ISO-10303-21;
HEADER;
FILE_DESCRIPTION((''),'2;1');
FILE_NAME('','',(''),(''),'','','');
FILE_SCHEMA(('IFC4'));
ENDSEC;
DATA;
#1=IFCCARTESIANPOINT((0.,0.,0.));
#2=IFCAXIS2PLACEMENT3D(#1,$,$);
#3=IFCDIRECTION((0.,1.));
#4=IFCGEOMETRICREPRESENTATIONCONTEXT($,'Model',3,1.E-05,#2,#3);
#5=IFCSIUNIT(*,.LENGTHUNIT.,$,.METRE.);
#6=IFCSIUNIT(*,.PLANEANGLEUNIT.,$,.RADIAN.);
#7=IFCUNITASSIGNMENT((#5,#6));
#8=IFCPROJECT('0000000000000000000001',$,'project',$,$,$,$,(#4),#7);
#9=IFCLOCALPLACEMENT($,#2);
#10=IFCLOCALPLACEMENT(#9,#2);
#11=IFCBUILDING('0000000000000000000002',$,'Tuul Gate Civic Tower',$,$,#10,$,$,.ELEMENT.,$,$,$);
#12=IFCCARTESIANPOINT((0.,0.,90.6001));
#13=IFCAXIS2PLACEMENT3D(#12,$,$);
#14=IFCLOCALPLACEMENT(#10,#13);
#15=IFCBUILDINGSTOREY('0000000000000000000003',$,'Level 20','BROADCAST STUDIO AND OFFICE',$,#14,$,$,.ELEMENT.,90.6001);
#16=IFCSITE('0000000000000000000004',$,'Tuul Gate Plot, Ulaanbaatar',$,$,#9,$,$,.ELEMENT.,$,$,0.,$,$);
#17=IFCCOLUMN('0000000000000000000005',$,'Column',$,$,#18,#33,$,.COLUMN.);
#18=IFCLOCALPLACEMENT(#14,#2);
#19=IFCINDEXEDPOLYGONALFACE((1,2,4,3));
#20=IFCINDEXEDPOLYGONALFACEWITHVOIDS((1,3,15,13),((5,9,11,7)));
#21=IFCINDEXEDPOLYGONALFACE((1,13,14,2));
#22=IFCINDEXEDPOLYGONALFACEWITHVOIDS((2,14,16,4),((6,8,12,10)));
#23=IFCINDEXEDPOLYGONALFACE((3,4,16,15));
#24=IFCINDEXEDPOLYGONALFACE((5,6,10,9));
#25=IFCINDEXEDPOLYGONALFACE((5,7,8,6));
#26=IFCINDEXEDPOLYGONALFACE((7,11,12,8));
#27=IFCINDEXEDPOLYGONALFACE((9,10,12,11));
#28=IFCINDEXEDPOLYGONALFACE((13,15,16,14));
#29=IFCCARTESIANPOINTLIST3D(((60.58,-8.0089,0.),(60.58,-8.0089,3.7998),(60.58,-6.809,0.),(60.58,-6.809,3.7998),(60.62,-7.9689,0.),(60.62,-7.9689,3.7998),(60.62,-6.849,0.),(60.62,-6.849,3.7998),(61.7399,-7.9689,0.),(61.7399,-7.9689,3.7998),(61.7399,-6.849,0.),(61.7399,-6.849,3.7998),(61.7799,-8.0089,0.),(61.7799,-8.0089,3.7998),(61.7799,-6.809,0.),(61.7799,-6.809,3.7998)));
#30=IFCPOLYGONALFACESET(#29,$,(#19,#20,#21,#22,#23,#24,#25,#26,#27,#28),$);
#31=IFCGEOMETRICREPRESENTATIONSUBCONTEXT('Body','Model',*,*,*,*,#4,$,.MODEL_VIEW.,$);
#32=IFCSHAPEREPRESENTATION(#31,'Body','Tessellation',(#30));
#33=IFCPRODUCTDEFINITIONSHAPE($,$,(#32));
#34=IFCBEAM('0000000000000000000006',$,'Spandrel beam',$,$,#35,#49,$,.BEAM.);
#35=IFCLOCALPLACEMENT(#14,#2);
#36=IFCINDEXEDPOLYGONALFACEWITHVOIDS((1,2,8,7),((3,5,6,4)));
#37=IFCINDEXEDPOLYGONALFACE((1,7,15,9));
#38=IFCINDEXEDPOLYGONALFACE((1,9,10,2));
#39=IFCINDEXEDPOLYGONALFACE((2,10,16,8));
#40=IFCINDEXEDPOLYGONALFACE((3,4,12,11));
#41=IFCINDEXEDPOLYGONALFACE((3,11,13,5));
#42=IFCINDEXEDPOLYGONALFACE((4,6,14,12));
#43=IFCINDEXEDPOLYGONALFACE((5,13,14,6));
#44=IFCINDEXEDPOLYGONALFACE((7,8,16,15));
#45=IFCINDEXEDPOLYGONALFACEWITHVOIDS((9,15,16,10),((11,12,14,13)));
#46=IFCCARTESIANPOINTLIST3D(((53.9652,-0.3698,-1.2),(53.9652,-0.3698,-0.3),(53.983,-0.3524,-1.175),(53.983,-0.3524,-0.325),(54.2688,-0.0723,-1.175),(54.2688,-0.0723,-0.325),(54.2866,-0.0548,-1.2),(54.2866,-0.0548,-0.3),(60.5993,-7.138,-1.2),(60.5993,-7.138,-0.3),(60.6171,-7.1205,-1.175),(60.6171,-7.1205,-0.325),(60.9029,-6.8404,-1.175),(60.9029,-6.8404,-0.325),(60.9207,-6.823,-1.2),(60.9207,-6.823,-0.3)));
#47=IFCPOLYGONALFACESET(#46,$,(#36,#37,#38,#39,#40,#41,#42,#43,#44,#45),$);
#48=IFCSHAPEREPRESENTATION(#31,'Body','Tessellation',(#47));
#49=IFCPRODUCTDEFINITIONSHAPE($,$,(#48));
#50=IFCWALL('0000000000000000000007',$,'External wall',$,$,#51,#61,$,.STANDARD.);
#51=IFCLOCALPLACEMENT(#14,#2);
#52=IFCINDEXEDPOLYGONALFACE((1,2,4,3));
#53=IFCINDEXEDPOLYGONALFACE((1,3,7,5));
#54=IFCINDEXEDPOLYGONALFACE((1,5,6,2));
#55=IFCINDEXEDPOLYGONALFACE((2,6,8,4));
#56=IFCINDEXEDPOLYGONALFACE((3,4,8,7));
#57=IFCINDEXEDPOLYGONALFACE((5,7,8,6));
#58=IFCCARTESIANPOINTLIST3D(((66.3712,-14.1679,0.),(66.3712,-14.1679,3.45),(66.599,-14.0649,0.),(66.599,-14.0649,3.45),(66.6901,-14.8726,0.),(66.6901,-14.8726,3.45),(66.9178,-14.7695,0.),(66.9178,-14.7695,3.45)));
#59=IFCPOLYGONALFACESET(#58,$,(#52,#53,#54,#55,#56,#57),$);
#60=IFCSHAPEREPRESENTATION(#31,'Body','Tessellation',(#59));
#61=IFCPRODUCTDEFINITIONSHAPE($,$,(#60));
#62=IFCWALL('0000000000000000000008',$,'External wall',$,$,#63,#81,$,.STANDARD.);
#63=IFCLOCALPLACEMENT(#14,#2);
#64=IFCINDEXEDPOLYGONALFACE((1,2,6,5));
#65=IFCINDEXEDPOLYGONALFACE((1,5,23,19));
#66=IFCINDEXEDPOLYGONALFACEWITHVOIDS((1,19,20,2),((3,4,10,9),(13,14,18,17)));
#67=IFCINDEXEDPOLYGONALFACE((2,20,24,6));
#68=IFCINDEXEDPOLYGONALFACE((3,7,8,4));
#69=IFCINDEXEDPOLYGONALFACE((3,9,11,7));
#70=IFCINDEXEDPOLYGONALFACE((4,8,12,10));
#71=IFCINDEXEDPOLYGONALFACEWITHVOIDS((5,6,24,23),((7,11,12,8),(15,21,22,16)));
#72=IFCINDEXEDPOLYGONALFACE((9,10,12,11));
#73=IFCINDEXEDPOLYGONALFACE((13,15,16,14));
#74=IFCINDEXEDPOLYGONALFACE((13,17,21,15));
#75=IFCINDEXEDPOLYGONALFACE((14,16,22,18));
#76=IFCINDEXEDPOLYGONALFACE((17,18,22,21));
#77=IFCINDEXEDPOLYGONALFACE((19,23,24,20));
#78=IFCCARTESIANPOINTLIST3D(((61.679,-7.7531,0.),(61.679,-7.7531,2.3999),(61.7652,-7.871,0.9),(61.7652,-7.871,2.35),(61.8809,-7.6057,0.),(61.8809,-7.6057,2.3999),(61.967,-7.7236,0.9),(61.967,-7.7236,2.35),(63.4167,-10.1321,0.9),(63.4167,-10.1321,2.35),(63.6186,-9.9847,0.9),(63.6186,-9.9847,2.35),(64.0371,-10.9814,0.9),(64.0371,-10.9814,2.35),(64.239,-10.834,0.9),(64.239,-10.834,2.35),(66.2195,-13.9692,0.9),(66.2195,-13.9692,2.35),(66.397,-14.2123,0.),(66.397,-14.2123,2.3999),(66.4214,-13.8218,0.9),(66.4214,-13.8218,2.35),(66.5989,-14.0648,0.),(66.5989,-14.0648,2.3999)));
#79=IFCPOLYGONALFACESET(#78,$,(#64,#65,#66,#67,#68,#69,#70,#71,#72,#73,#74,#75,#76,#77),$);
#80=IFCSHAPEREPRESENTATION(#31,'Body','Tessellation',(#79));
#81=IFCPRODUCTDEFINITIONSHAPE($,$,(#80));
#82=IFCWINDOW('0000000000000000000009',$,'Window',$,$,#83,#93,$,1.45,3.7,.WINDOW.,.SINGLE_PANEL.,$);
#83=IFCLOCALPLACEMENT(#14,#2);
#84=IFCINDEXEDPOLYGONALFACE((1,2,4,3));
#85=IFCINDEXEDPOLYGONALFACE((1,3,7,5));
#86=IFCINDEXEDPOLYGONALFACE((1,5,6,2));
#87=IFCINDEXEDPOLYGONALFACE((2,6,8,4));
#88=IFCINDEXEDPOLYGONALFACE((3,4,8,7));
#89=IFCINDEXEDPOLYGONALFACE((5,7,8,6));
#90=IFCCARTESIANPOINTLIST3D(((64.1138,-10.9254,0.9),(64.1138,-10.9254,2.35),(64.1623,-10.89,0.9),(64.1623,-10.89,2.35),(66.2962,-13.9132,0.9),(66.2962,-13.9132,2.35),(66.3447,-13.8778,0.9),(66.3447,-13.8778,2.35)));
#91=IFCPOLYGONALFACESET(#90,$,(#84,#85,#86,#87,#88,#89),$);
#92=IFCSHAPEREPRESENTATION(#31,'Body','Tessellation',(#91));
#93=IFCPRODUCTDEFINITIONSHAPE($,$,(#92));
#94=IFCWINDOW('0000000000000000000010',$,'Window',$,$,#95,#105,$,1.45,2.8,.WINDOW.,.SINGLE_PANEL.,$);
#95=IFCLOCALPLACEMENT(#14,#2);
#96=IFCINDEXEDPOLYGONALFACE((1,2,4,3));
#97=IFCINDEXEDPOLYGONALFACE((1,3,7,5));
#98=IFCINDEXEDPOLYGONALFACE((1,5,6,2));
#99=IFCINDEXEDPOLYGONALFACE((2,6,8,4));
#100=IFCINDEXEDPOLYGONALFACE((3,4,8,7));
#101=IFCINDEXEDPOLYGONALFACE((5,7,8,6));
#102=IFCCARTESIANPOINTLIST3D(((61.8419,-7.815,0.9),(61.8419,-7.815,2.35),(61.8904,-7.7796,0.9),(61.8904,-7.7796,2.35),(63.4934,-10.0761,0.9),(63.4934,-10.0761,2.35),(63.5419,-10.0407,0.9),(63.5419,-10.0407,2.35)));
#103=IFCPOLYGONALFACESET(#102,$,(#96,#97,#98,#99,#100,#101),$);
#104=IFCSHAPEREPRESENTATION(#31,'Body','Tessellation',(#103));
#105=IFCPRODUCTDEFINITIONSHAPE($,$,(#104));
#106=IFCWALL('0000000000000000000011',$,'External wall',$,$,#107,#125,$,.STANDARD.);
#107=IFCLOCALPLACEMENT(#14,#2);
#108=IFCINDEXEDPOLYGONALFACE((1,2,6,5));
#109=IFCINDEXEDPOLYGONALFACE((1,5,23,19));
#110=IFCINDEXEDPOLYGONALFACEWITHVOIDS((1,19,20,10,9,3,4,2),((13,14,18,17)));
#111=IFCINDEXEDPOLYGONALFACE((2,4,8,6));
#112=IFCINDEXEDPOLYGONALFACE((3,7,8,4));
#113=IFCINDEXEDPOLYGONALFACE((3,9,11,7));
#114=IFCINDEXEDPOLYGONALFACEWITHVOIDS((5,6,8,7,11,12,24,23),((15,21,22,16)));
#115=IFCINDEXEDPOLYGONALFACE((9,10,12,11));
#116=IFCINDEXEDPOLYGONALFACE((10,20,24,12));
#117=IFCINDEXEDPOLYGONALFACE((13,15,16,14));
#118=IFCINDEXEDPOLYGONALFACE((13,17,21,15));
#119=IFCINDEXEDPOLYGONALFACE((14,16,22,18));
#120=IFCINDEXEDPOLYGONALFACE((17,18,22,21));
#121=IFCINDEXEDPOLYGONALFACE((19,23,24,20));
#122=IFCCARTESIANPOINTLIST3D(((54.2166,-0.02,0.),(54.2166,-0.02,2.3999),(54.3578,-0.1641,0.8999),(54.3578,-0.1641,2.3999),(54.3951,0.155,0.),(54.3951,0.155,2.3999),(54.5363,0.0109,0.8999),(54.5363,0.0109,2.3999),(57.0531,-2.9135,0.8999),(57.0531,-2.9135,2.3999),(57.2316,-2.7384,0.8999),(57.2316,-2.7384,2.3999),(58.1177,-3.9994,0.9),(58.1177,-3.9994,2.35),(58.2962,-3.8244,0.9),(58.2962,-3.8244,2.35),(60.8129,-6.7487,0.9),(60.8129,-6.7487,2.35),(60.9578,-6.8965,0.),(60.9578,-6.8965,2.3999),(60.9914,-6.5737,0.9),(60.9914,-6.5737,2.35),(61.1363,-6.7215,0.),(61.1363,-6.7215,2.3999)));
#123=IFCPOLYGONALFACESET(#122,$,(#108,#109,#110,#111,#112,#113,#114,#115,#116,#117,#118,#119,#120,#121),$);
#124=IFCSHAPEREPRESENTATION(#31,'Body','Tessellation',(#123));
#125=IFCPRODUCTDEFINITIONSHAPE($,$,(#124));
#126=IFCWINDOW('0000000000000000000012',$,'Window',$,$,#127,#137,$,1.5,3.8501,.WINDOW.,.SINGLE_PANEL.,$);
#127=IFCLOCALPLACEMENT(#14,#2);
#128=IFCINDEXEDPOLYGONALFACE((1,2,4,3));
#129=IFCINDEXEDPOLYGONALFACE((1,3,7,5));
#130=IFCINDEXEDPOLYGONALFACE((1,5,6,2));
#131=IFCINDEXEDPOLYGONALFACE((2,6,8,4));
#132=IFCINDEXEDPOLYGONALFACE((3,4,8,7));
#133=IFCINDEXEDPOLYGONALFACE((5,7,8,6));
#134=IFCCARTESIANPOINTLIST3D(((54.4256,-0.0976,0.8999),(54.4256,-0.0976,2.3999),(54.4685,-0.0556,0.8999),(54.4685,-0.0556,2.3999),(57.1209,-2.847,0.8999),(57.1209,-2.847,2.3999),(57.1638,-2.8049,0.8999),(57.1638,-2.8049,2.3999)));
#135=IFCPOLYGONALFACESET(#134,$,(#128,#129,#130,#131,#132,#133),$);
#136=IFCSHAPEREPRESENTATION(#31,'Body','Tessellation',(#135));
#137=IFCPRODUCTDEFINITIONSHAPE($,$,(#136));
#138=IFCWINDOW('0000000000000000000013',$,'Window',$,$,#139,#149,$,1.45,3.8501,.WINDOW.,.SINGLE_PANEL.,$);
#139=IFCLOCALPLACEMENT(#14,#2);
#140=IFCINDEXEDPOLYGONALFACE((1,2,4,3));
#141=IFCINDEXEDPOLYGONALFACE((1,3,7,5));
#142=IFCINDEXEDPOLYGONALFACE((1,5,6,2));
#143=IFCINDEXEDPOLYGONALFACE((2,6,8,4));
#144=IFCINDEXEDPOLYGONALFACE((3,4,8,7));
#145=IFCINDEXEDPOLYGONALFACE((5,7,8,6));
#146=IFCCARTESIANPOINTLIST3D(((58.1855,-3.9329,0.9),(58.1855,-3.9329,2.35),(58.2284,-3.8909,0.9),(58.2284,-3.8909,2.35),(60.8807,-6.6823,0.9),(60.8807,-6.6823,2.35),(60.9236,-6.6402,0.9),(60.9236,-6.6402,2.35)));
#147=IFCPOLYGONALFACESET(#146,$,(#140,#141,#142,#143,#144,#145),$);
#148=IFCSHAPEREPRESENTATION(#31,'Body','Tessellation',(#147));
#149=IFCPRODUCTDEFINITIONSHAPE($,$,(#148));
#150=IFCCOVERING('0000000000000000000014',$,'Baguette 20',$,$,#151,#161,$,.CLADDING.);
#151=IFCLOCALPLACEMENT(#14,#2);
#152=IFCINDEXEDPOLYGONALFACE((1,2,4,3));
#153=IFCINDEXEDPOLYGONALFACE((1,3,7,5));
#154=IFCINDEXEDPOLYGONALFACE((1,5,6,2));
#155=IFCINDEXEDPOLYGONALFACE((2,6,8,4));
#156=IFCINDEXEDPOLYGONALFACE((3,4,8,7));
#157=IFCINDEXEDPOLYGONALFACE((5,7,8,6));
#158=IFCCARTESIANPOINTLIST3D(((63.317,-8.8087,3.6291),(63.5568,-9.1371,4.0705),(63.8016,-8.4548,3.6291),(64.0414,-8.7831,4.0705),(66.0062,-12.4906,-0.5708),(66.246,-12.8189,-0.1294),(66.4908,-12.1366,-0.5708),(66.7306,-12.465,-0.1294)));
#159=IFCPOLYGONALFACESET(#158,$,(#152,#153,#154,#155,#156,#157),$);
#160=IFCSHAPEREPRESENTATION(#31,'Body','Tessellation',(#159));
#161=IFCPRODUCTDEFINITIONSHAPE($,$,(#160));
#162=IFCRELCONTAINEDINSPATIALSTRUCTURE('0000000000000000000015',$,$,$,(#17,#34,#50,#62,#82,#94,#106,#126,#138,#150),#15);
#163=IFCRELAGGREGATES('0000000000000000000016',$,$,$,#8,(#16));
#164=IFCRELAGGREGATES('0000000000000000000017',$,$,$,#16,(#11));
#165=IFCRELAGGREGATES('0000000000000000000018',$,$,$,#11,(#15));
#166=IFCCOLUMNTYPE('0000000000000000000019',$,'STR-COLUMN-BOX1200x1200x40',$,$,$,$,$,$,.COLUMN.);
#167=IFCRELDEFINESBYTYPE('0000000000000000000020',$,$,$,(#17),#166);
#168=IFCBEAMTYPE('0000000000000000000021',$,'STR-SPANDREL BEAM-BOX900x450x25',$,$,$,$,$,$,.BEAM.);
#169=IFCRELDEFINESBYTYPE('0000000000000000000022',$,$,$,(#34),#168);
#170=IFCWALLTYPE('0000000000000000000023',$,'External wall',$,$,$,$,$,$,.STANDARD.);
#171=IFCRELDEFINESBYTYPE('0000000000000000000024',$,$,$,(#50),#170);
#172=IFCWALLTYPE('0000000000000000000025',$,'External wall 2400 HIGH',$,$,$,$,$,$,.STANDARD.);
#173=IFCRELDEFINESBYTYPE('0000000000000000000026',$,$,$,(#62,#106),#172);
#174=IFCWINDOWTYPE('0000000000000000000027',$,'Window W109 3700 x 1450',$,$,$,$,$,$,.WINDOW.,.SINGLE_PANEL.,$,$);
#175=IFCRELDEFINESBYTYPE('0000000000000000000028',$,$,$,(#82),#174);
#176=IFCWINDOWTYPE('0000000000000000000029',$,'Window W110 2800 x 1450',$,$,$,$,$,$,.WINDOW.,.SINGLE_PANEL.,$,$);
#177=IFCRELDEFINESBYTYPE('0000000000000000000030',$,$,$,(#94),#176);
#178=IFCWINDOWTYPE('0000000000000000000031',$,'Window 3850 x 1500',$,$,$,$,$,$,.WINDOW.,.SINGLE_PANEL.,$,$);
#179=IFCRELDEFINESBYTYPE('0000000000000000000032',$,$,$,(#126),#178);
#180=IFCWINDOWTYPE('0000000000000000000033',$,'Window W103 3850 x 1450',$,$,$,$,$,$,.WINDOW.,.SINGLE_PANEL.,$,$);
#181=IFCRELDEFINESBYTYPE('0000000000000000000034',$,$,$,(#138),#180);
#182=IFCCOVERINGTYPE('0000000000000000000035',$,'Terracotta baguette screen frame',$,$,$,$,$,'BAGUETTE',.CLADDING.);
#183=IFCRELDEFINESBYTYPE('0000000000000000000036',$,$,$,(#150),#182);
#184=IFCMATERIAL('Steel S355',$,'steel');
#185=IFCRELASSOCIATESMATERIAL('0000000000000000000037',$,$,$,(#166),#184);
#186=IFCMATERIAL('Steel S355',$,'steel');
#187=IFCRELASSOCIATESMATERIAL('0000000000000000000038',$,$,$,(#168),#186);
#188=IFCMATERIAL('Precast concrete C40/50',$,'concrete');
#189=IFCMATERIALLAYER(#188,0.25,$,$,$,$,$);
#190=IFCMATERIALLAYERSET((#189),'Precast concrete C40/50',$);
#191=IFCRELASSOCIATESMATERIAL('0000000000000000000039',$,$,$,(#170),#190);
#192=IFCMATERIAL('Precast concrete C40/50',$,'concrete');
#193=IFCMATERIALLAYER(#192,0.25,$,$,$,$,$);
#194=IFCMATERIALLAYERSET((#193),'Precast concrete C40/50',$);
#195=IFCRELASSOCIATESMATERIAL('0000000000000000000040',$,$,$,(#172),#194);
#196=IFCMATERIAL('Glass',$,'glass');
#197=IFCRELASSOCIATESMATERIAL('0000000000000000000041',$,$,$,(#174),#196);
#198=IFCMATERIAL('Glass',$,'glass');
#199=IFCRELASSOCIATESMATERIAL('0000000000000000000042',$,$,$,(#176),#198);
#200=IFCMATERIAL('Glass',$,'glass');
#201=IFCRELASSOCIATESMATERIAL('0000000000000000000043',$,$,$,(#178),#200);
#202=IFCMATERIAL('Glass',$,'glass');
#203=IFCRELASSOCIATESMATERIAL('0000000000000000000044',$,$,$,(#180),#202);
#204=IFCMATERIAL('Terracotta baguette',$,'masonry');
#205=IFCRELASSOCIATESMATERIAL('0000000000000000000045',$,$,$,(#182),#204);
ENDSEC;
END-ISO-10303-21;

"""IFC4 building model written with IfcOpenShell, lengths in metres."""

from ifc_helpers import new_model, si_unit, direction, frame, frame_2d, origin, origin_2d, place, context, subcontext, project, spatial, rectangle, hollow_rectangle, extrude, material, layer, layer_set, material_profile, profile_set, type_object, element, fill, save


model = new_model("IFC4")

# Units and contexts
model_context = context("Model", 3, precision=1e-05, world=origin(), true_north=direction((0.0, 1.0)))
body_context = subcontext(model_context, "Body", "Model", "MODEL_VIEW")
ifc_project = project(units=[si_unit("LENGTHUNIT", "METRE"), si_unit("PLANEANGLEUNIT", "RADIAN")], contexts=[model_context])

# Site, building, storey
site_placement = place(None, origin())
site = spatial("IfcSite", under=ifc_project, at=site_placement, Name="Tuul Gate Plot, Ulaanbaatar", CompositionType="ELEMENT", RefElevation=0.0)
building_placement = place(site_placement, origin())
building = spatial("IfcBuilding", under=site, at=building_placement, Name="Tuul Gate Civic Tower", CompositionType="ELEMENT")
storey_placement = place(building_placement, frame((0.0, 0.0, 90.6001)))
storey = spatial("IfcBuildingStorey", under=building, at=storey_placement, Name="Level 20", Description="BROADCAST STUDIO AND OFFICE", CompositionType="ELEMENT", Elevation=90.6001)

# Column
ifc_material_1 = material(Name="Steel S355", Category="steel")
ifc_material_profile_1 = material_profile(ifc_material_1, hollow_rectangle(XDim=1.2, YDim=1.2, WallThickness=0.04, at=origin_2d()), Name="BOX1200x1200x40")
ifc_profile_set_1 = profile_set([ifc_material_profile_1], Name="Steel S355")
column_type = type_object("IfcColumnType", Name="STR-COLUMN-BOX1200x1200x40", PredefinedType="COLUMN", material=ifc_profile_set_1)
column_placement = place(storey_placement, frame((61.1799, -7.4089, 0.0), z_axis=(0.0, 0.0, 1.0), x_axis=(1.0, 0.0, 0.0)))
element("IfcColumn", 1, at=column_placement, inside=storey, type_object=column_type, Name="Column", PredefinedType="COLUMN", context=body_context, shape_type="SweptSolid", body=[
    extrude(hollow_rectangle(XDim=1.2, YDim=1.2, WallThickness=0.04, at=origin_2d()), origin(), (0.0, 0.0, 1.0), 3.7998),
])

# Beam
ifc_material_2 = material(Name="Steel S355", Category="steel")
ifc_material_profile_2 = material_profile(ifc_material_2, hollow_rectangle(XDim=0.45, YDim=0.8999, WallThickness=0.0249, at=origin_2d()), Name="BOX900x450x25")
ifc_profile_set_2 = profile_set([ifc_material_profile_2], Name="Steel S355")
beam_type = type_object("IfcBeamType", Name="STR-SPANDREL BEAM-BOX900x450x25", PredefinedType="BEAM", material=ifc_profile_set_2)
beam_placement = place(storey_placement, frame((60.76, -6.9805, -0.75), z_axis=(-0.7, 0.714143, 0.0), x_axis=(-0.714143, -0.7, 0.0)))
element("IfcBeam", 2, at=beam_placement, inside=storey, type_object=beam_type, Name="Spandrel beam", PredefinedType="BEAM", context=body_context, shape_type="SweptSolid", body=[
    extrude(hollow_rectangle(XDim=0.45, YDim=0.8999, WallThickness=0.0249, at=origin_2d()), origin(), (0.0, 0.0, 1.0), 9.4773),
])

# Wall
ifc_material_3 = material(Name="Precast concrete C40/50", Category="concrete")
ifc_layer_1 = layer(ifc_material_3, 0.25)
ifc_layer_set_1 = layer_set([ifc_layer_1], Name="Precast concrete C40/50")
wall_type_1 = type_object("IfcWallType", Name="External wall", PredefinedType="STANDARD", material=ifc_layer_set_1)
wall_1_placement = place(storey_placement, frame((66.804, -14.821, 0.0), z_axis=(0.0, 0.0, 1.0), x_axis=(-0.41228, 0.911057, 0.0)))
element("IfcWall", 3, at=wall_1_placement, inside=storey, type_object=wall_type_1, Name="External wall", PredefinedType="STANDARD", context=body_context, shape_type="SweptSolid", body=[
    extrude(rectangle(XDim=0.7734, YDim=0.25, at=frame_2d((0.3867, 0.0))), origin(), (0.0, 0.0, 1.0), 3.45),
])

# Walls, openings, windows
ifc_material_4 = material(Name="Precast concrete C40/50", Category="concrete")
ifc_layer_2 = layer(ifc_material_4, 0.25)
ifc_layer_set_2 = layer_set([ifc_layer_2], Name="Precast concrete C40/50")
wall_type_2 = type_object("IfcWallType", Name="External wall 2400 HIGH", PredefinedType="STANDARD", material=ifc_layer_set_2)
wall_2_placement = place(storey_placement, frame((66.498, -14.1387, 0.0), z_axis=(0.0, 0.0, 1.0), x_axis=(-0.589838, 0.807521, 0.0)))
wall_2 = element("IfcWall", 4, at=wall_2_placement, inside=storey, type_object=wall_type_2, Name="External wall", PredefinedType="STANDARD", context=body_context, shape_type="SweptSolid", body=[
    extrude(rectangle(XDim=7.9988, YDim=0.25, at=frame_2d((3.9995, 0.0))), origin(), (0.0, 0.0, 1.0), 2.3999),
])
opening_1_placement = place(wall_2_placement, frame((0.301, 0.0, 0.8999)))
opening_1 = element("IfcOpeningElement", 5, at=opening_1_placement, cuts=wall_2, PredefinedType="OPENING", context=body_context, shape_type="SweptSolid", body=[
    extrude(rectangle(XDim=3.7, YDim=1.45, at=frame_2d((1.8501, 0.7251))), frame((0.0, 0.135, 0.0), z_axis=(0.0, -1.0, 0.0), x_axis=(1.0, 0.0, 0.0)), (0.0, 0.0, 1.0), 0.27),
])
opening_2_placement = place(wall_2_placement, frame((5.053, 0.0, 0.8999)))
opening_2 = element("IfcOpeningElement", 6, at=opening_2_placement, cuts=wall_2, PredefinedType="OPENING", context=body_context, shape_type="SweptSolid", body=[
    extrude(rectangle(XDim=2.8, YDim=1.45, at=frame_2d((1.3999, 0.7251))), frame((0.0, 0.135, 0.0), z_axis=(0.0, -1.0, 0.0), x_axis=(1.0, 0.0, 0.0)), (0.0, 0.0, 1.0), 0.27),
])
ifc_material_5 = material(Name="Glass", Category="glass")
window_type_1 = type_object("IfcWindowType", Name="Window W109 3700 x 1450", PartitioningType="SINGLE_PANEL", PredefinedType="WINDOW", material=ifc_material_5)
window_1_placement = place(opening_1_placement, origin())
window_1 = element("IfcWindow", 7, at=window_1_placement, inside=storey, type_object=window_type_1, Name="Window", OverallHeight=1.45, OverallWidth=3.7, PartitioningType="SINGLE_PANEL", PredefinedType="WINDOW", context=body_context, shape_type="SweptSolid", body=[
    extrude(rectangle(XDim=3.7, YDim=1.45, at=frame_2d((1.8501, 0.7251))), frame((0.0, 0.03, 0.0), z_axis=(0.0, -1.0, 0.0), x_axis=(1.0, 0.0, 0.0)), (0.0, 0.0, 1.0), 0.0601),
])
fill(opening_1, window_1)
ifc_material_6 = material(Name="Glass", Category="glass")
window_type_2 = type_object("IfcWindowType", Name="Window W110 2800 x 1450", PartitioningType="SINGLE_PANEL", PredefinedType="WINDOW", material=ifc_material_6)
window_2_placement = place(opening_2_placement, origin())
window_2 = element("IfcWindow", 8, at=window_2_placement, inside=storey, type_object=window_type_2, Name="Window", OverallHeight=1.45, OverallWidth=2.8, PartitioningType="SINGLE_PANEL", PredefinedType="WINDOW", context=body_context, shape_type="SweptSolid", body=[
    extrude(rectangle(XDim=2.8, YDim=1.45, at=frame_2d((1.3999, 0.7251))), frame((0.0, 0.03, 0.0), z_axis=(0.0, -1.0, 0.0), x_axis=(1.0, 0.0, 0.0)), (0.0, 0.0, 1.0), 0.0601),
])
fill(opening_2, window_2)
wall_3_placement = place(storey_placement, frame((61.0471, -6.8091, 0.0), z_axis=(0.0, 0.0, 1.0), x_axis=(-0.700049, 0.714095, 0.0)))
wall_3 = element("IfcWall", 9, at=wall_3_placement, inside=storey, type_object=wall_type_2, Name="External wall", PredefinedType="STANDARD", context=body_context, shape_type="SweptSolid", body=[
    extrude(rectangle(XDim=9.6296, YDim=0.25, at=frame_2d((4.8149, 0.0))), origin(), (0.0, 0.0, 1.0), 2.3999),
])
opening_3_placement = place(wall_3_placement, frame((0.207, 0.0, 0.8999)))
opening_3 = element("IfcOpeningElement", 10, at=opening_3_placement, cuts=wall_3, PredefinedType="OPENING", context=body_context, shape_type="SweptSolid", body=[
    extrude(rectangle(XDim=3.8501, YDim=1.45, at=frame_2d((1.925, 0.7251))), frame((0.0, 0.135, 0.0), z_axis=(0.0, -1.0, 0.0), x_axis=(1.0, 0.0, 0.0)), (0.0, 0.0, 1.0), 0.27),
])
opening_4_placement = place(wall_3_placement, frame((5.5779, 0.0, 0.8999)))
opening_4 = element("IfcOpeningElement", 11, at=opening_4_placement, cuts=wall_3, PredefinedType="OPENING", context=body_context, shape_type="SweptSolid", body=[
    extrude(rectangle(XDim=3.8501, YDim=1.5, at=frame_2d((1.925, 0.75))), frame((0.0, 0.135, 0.0), z_axis=(0.0, -1.0, 0.0), x_axis=(1.0, 0.0, 0.0)), (0.0, 0.0, 1.0), 0.27),
])
ifc_material_7 = material(Name="Glass", Category="glass")
window_type_3 = type_object("IfcWindowType", Name="Window 3850 x 1500", PartitioningType="SINGLE_PANEL", PredefinedType="WINDOW", material=ifc_material_7)
window_3_placement = place(opening_4_placement, origin())
window_3 = element("IfcWindow", 12, at=window_3_placement, inside=storey, type_object=window_type_3, Name="Window", OverallHeight=1.5, OverallWidth=3.8501, PartitioningType="SINGLE_PANEL", PredefinedType="WINDOW", context=body_context, shape_type="SweptSolid", body=[
    extrude(rectangle(XDim=3.8501, YDim=1.5, at=frame_2d((1.925, 0.75))), frame((0.0, 0.03, 0.0), z_axis=(0.0, -1.0, 0.0), x_axis=(1.0, 0.0, 0.0)), (0.0, 0.0, 1.0), 0.0601),
])
fill(opening_4, window_3)
ifc_material_8 = material(Name="Glass", Category="glass")
window_type_4 = type_object("IfcWindowType", Name="Window W103 3850 x 1450", PartitioningType="SINGLE_PANEL", PredefinedType="WINDOW", material=ifc_material_8)
window_4_placement = place(opening_3_placement, origin())
window_4 = element("IfcWindow", 13, at=window_4_placement, inside=storey, type_object=window_type_4, Name="Window", OverallHeight=1.45, OverallWidth=3.8501, PartitioningType="SINGLE_PANEL", PredefinedType="WINDOW", context=body_context, shape_type="SweptSolid", body=[
    extrude(rectangle(XDim=3.8501, YDim=1.45, at=frame_2d((1.925, 0.7251))), frame((0.0, 0.03, 0.0), z_axis=(0.0, -1.0, 0.0), x_axis=(1.0, 0.0, 0.0)), (0.0, 0.0, 1.0), 0.0601),
])
fill(opening_3, window_4)

# Covering
ifc_material_9 = material(Name="Terracotta baguette", Category="masonry")
ifc_material_profile_3 = material_profile(ifc_material_9, rectangle(XDim=0.6001, YDim=0.6001, at=origin_2d()), Name="Terracotta baguette screen frame")
ifc_profile_set_3 = profile_set([ifc_material_profile_3], Name="Terracotta baguette")
covering_type = type_object("IfcCoveringType", Name="Terracotta baguette screen frame", ElementType="BAGUETTE", PredefinedType="CLADDING", material=ifc_profile_set_3)
covering_1_placement = place(storey_placement, frame((66.3684, -12.4778, -0.3501), z_axis=(-0.433813, 0.593947, 0.67752), x_axis=(-0.807537, -0.589817, 0.0)))
element("IfcCovering", 14, at=covering_1_placement, inside=storey, type_object=covering_type, Name="Baguette 20", PredefinedType="CLADDING", context=body_context, shape_type="SweptSolid", body=[
    extrude(rectangle(XDim=0.6001, YDim=0.6001, at=origin_2d()), origin(), (0.0, 0.0, 1.0), 6.199),
])

save(model, "model.ifc")
